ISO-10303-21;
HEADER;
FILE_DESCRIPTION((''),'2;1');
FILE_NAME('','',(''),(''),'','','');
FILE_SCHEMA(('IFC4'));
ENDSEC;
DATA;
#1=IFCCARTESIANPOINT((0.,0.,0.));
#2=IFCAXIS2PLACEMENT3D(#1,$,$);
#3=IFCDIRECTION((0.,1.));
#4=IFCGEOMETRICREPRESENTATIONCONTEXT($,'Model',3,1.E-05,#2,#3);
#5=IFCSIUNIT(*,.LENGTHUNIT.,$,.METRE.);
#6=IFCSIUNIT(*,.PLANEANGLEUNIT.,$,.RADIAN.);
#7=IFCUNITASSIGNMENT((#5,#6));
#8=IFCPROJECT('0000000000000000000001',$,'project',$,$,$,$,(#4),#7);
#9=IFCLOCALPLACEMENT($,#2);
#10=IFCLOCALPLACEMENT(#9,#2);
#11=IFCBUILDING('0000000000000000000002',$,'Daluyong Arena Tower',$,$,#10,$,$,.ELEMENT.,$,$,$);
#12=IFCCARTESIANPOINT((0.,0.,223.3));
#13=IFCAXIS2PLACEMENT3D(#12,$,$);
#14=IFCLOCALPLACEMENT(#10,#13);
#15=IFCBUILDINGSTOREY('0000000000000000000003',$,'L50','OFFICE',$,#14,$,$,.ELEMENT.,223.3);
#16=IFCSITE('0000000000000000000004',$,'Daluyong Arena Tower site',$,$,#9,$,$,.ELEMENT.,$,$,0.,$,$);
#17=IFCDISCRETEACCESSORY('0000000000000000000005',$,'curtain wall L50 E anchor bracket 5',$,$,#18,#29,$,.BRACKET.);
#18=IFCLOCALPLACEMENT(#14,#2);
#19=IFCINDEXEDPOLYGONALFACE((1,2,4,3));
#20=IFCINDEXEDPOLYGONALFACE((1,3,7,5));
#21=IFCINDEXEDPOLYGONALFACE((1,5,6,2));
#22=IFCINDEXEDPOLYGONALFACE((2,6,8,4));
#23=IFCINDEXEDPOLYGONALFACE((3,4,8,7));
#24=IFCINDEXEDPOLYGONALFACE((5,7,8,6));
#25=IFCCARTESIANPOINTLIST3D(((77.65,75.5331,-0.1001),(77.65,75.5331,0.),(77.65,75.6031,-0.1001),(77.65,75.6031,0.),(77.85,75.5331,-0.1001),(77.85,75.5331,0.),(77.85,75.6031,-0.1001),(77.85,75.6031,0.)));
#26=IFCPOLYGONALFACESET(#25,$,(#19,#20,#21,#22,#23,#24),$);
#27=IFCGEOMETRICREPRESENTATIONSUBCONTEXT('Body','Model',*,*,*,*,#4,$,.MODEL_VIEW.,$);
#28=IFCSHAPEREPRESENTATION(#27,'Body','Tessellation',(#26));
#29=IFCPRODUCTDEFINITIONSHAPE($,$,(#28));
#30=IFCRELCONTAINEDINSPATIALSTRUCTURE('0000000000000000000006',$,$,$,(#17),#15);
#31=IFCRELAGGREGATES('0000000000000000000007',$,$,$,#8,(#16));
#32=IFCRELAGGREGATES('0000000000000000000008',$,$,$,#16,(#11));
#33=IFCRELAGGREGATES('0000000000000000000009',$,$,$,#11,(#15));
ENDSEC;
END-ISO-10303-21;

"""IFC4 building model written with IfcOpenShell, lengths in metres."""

from ifc_helpers import new_model, si_unit, direction, frame, origin, origin_2d, place, context, subcontext, project, spatial, rectangle, extrude, element, save


model = new_model("IFC4")

# Units and contexts
model_context = context("Model", 3, precision=1e-05, world=origin(), true_north=direction((0.0, 1.0)))
body_context = subcontext(model_context, "Body", "Model", "MODEL_VIEW")
ifc_project = project(units=[si_unit("LENGTHUNIT", "METRE"), si_unit("PLANEANGLEUNIT", "RADIAN")], contexts=[model_context])

# Site, building, storey
site_placement = place(None, origin())
site = spatial("IfcSite", under=ifc_project, at=site_placement, Name="Daluyong Arena Tower site", CompositionType="ELEMENT", RefElevation=0.0)
building_placement = place(site_placement, origin())
building = spatial("IfcBuilding", under=site, at=building_placement, Name="Daluyong Arena Tower", CompositionType="ELEMENT")
storey_placement = place(building_placement, frame((0.0, 0.0, 223.3)))
storey = spatial("IfcBuildingStorey", under=building, at=storey_placement, Name="L50", Description="OFFICE", CompositionType="ELEMENT", Elevation=223.3)

# Discrete accessory
for number, where, z_axis, x_axis, name in (
    (1, (77.75, 75.5681, -0.1001), (0.0, 0.0, 1.0), (0.0, 1.0, 0.0), "curtain wall L50 E anchor bracket 5"),
):
    element("IfcDiscreteAccessory", number, at=place(storey_placement, frame(where, z_axis=z_axis, x_axis=x_axis)), inside=storey, Name=name, PredefinedType="BRACKET", context=body_context, shape_type="SweptSolid", body=[
        extrude(rectangle(XDim=0.0701, YDim=0.2, at=origin_2d()), origin(), (0.0, 0.0, 1.0), 0.1001),
    ])

save(model, "model.ifc")
